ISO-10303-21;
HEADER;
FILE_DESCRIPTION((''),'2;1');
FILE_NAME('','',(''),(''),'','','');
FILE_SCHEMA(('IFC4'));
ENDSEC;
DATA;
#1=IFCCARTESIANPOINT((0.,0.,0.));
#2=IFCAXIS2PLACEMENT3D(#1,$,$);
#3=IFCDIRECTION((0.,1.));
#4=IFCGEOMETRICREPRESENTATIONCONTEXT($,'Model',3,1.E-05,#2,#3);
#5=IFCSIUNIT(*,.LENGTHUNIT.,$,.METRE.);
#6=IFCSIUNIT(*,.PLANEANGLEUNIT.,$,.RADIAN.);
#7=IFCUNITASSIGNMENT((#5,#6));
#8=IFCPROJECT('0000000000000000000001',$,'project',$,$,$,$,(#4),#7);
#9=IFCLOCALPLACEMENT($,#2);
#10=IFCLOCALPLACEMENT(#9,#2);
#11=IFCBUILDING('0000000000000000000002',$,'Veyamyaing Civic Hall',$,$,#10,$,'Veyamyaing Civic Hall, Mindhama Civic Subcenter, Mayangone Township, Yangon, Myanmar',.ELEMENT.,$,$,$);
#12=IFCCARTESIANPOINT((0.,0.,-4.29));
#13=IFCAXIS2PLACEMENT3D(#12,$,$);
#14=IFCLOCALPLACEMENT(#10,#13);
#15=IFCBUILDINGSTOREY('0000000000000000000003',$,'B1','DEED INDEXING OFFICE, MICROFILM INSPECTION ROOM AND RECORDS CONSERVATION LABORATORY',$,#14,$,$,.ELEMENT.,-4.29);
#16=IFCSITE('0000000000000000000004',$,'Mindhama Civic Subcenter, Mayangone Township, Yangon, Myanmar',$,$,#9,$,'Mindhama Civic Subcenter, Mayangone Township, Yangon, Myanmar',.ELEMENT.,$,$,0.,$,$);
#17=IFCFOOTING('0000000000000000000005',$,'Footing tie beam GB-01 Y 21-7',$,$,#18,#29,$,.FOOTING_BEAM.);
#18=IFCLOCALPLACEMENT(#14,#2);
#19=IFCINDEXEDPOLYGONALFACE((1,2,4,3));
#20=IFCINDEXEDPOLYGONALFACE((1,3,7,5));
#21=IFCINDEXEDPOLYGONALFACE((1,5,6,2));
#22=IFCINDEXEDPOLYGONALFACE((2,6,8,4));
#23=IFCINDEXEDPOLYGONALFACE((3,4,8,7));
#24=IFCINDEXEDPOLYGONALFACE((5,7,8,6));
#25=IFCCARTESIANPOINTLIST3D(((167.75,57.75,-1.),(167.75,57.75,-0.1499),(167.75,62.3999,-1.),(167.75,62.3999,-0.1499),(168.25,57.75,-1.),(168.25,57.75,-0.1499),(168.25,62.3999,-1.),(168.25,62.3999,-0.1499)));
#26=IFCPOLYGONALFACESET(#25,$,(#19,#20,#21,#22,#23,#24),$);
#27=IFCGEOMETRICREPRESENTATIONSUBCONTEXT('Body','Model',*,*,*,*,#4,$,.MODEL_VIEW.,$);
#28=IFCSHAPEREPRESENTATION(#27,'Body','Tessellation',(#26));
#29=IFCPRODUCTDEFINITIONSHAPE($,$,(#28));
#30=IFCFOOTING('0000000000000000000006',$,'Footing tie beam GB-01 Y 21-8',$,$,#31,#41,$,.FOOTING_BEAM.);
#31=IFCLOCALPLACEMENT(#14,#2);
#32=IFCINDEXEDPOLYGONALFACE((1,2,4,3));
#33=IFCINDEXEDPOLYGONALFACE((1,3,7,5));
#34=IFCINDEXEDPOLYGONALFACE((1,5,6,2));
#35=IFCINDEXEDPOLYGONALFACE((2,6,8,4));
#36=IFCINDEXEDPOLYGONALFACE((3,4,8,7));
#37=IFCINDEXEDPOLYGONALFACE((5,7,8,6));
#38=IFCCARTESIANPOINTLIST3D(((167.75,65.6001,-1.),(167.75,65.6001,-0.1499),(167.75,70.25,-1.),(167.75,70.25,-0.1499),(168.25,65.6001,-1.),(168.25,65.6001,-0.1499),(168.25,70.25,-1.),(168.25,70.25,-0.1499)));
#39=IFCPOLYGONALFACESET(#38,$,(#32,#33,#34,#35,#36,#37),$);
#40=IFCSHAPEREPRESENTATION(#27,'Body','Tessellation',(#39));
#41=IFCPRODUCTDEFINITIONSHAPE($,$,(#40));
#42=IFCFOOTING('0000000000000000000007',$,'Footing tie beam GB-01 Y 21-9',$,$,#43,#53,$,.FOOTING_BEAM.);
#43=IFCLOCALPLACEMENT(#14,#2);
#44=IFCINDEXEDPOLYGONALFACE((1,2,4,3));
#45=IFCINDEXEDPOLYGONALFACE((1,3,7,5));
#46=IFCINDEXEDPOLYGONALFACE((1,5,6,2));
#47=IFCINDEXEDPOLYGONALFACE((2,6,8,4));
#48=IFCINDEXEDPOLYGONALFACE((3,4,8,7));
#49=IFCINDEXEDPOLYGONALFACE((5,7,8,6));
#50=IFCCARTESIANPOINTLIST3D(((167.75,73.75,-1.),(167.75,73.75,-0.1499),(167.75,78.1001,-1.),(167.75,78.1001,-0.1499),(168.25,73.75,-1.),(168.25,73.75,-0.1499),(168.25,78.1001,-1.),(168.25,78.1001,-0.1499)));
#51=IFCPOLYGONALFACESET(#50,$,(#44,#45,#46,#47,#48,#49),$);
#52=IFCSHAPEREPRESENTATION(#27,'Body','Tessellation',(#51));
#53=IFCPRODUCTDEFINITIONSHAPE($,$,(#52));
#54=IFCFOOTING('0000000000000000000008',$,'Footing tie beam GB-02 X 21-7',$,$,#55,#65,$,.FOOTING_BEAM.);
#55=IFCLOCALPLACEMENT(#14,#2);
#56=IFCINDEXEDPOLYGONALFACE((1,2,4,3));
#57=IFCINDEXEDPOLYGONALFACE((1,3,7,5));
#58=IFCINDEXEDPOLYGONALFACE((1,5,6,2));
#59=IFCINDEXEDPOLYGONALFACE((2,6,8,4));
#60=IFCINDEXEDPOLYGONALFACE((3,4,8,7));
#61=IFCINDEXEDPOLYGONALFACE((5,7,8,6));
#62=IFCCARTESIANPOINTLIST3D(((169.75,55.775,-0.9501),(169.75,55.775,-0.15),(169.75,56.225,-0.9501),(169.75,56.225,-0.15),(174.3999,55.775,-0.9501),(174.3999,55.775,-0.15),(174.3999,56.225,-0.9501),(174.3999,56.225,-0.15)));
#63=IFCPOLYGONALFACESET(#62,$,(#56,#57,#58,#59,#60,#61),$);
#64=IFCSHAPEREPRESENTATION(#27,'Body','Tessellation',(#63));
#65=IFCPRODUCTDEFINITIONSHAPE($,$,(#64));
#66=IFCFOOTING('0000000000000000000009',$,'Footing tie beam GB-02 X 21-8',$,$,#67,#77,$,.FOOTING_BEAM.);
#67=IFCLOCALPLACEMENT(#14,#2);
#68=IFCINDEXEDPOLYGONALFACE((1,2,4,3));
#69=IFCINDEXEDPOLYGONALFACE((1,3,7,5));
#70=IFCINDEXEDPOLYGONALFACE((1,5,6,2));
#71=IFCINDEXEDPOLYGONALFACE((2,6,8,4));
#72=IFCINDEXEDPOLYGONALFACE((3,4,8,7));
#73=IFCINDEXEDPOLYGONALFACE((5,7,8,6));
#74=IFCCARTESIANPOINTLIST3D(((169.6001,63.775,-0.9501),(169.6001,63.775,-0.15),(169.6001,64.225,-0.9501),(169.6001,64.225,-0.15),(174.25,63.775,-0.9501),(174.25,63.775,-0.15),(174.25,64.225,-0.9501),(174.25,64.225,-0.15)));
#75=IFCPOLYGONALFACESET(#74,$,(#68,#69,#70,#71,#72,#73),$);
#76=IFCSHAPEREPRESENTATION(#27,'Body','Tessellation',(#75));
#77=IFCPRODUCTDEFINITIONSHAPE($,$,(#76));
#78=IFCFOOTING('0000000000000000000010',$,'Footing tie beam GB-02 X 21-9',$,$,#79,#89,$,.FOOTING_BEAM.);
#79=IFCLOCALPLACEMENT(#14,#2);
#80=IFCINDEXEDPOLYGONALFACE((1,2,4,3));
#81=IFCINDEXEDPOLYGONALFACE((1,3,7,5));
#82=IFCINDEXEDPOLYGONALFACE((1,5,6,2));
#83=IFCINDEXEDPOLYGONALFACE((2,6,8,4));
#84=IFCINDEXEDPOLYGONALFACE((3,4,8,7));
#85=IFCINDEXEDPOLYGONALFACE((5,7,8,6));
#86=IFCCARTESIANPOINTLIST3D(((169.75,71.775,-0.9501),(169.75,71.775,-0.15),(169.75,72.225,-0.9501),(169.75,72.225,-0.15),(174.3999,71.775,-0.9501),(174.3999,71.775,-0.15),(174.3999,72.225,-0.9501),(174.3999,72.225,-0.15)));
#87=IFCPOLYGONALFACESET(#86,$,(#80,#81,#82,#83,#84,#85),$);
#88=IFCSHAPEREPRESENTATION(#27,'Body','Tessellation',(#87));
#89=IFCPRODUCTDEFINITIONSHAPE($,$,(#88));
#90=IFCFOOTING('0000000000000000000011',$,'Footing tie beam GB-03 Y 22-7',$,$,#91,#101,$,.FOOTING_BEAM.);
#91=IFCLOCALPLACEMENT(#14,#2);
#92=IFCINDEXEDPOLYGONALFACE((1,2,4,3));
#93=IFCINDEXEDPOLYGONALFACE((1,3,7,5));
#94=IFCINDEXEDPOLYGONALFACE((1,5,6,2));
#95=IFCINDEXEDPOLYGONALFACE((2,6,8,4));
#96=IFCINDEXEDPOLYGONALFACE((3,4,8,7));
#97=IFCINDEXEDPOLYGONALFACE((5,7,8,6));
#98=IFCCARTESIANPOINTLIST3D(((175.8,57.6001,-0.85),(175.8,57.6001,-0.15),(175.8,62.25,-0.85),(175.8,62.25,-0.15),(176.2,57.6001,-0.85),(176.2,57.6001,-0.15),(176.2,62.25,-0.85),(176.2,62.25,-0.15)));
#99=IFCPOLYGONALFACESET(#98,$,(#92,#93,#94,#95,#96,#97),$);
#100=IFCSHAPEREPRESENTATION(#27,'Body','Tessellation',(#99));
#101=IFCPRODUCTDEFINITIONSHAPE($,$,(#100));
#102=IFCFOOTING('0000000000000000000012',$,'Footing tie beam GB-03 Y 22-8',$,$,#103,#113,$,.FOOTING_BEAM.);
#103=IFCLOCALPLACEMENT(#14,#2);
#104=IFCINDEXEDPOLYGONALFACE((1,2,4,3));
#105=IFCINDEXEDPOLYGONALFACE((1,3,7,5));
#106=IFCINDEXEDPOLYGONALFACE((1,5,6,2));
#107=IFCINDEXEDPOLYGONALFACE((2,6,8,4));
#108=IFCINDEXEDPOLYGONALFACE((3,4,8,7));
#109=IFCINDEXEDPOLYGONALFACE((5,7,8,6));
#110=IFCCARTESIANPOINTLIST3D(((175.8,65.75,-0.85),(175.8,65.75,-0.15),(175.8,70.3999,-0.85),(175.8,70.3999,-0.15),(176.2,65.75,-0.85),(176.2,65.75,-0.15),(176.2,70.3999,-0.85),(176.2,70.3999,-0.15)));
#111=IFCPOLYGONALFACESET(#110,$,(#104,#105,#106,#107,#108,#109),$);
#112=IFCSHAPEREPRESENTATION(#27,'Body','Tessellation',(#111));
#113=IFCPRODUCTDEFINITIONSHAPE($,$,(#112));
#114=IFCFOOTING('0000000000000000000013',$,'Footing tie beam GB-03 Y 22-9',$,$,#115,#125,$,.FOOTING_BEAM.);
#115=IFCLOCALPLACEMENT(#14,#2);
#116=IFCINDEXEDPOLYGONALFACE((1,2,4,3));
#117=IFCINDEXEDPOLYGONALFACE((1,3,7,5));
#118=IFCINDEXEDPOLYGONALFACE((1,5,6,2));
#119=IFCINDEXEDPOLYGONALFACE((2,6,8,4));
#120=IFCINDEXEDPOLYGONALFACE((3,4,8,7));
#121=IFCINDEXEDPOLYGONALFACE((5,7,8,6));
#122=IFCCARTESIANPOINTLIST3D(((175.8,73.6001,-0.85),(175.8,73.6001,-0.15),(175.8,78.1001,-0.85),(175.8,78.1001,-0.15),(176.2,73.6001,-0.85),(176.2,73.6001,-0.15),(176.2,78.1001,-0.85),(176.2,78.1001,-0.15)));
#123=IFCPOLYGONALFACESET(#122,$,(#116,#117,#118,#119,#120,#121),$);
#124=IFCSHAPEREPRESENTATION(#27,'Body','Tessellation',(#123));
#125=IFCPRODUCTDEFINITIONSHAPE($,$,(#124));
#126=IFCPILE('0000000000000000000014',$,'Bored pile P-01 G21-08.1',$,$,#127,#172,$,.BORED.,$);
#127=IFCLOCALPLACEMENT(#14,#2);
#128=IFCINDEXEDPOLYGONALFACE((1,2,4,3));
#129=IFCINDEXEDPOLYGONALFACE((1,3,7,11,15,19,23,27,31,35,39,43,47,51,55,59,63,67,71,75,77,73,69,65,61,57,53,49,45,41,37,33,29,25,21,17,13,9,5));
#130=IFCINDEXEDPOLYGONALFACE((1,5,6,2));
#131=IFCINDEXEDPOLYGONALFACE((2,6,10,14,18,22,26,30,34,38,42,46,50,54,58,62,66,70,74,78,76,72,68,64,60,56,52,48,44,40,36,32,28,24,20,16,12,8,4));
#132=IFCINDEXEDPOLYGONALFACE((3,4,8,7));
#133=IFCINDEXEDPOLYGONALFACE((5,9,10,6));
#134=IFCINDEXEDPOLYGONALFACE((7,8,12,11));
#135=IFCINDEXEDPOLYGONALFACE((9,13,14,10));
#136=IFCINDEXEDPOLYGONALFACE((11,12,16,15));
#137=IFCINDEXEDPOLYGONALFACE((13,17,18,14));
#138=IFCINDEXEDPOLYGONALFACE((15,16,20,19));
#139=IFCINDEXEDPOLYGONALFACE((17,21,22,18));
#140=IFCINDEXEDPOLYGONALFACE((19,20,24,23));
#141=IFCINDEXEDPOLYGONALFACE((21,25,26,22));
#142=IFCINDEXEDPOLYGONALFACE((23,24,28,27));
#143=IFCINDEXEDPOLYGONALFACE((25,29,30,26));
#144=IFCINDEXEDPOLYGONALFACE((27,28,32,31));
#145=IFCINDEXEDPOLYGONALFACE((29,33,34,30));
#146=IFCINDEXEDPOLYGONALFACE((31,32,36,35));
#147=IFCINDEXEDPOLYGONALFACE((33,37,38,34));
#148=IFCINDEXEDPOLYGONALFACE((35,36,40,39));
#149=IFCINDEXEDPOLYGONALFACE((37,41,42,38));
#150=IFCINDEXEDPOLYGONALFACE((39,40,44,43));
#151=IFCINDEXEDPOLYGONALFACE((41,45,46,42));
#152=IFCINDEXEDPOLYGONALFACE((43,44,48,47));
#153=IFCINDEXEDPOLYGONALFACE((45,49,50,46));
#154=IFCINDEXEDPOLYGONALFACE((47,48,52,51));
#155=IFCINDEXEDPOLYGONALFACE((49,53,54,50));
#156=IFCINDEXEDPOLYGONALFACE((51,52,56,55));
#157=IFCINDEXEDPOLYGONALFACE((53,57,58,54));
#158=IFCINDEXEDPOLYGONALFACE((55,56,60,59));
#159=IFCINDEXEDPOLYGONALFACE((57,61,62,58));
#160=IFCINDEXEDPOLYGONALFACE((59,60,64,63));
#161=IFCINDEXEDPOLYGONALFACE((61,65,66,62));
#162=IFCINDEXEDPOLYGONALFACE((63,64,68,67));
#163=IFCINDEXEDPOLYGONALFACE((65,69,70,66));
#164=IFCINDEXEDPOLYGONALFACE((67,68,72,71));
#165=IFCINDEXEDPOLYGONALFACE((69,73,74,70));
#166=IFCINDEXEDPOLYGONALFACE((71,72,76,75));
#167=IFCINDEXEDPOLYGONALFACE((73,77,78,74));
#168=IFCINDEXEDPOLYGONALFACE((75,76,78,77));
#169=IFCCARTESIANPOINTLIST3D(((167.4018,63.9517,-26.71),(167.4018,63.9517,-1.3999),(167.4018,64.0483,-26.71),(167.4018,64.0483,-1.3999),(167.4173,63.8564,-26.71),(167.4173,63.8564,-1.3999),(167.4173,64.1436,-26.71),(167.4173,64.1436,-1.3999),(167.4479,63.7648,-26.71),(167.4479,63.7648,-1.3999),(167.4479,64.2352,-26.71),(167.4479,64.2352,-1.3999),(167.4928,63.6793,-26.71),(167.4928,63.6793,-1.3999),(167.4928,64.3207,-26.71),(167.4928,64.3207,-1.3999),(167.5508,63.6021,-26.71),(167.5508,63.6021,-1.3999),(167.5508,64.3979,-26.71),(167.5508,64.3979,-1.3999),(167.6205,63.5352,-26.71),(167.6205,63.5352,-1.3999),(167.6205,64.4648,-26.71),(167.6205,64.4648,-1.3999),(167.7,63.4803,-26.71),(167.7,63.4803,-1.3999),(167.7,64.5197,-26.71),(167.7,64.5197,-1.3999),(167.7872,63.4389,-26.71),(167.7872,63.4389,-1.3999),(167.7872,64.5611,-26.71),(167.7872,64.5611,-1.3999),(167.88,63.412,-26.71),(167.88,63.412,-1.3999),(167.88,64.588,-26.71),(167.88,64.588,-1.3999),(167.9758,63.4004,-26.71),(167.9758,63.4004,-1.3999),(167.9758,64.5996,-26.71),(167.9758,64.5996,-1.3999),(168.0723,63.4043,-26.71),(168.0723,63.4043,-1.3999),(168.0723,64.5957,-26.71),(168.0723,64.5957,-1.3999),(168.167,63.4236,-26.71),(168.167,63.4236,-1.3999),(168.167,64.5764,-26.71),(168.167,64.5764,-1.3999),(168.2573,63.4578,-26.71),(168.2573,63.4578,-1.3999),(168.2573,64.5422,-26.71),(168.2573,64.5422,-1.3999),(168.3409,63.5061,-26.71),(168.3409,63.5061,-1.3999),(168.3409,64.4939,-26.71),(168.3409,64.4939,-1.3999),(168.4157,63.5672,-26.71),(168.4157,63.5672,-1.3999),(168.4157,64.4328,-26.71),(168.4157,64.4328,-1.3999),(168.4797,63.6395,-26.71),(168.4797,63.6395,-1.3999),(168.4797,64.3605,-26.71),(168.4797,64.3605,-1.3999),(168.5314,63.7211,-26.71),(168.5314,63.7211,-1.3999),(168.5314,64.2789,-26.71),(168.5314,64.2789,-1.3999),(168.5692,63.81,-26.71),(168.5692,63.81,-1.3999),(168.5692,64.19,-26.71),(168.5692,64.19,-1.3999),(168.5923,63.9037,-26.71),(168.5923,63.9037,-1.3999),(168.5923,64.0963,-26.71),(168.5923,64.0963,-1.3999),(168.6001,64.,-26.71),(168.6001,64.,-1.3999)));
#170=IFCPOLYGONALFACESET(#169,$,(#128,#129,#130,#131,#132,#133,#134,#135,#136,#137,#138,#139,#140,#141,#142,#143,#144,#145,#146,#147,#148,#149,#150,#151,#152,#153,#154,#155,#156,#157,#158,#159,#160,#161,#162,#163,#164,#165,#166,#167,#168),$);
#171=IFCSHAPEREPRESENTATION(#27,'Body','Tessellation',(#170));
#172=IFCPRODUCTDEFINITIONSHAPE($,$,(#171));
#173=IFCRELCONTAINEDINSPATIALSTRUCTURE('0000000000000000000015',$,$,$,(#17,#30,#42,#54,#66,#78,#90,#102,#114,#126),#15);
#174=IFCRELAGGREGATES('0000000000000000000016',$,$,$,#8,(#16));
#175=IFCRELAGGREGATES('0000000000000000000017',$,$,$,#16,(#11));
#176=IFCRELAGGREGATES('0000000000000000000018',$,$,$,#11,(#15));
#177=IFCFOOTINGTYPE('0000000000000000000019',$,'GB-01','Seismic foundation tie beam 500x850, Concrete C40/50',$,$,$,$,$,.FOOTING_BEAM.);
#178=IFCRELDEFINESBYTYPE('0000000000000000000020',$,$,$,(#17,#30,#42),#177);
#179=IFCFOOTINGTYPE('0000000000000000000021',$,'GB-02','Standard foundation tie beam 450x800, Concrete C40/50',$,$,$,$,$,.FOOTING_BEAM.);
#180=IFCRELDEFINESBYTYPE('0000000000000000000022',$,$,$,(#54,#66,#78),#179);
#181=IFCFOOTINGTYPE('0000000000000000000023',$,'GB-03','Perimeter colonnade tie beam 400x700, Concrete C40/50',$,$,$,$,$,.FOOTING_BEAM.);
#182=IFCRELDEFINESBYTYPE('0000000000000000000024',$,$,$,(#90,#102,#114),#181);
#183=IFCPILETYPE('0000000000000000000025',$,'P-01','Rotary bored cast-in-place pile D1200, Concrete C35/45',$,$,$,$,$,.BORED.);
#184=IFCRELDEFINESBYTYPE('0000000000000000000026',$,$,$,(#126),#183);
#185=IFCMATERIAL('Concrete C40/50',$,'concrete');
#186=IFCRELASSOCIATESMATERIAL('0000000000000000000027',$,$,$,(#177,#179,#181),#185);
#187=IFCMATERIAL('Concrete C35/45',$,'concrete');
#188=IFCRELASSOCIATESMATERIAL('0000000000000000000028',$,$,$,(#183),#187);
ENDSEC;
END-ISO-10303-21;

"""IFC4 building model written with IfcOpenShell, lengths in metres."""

from ifc_helpers import new_model, si_unit, direction, frame, origin, origin_2d, place, context, subcontext, project, spatial, rectangle, circle, extrude, material, material_profile, profile_set, type_object, element, save


model = new_model("IFC4")

# Units and contexts
model_context = context("Model", 3, precision=1e-05, world=origin(), true_north=direction((0.0, 1.0)))
body_context = subcontext(model_context, "Body", "Model", "MODEL_VIEW")
ifc_project = project(units=[si_unit("LENGTHUNIT", "METRE"), si_unit("PLANEANGLEUNIT", "RADIAN")], contexts=[model_context])

# Site, building, storey
site_placement = place(None, origin())
site = spatial("IfcSite", under=ifc_project, at=site_placement, Name="Mindhama Civic Subcenter, Mayangone Township, Yangon, Myanmar", LongName="Mindhama Civic Subcenter, Mayangone Township, Yangon, Myanmar", CompositionType="ELEMENT", RefElevation=0.0)
building_placement = place(site_placement, origin())
building = spatial("IfcBuilding", under=site, at=building_placement, Name="Veyamyaing Civic Hall", LongName="Veyamyaing Civic Hall, Mindhama Civic Subcenter, Mayangone Township, Yangon, Myanmar", CompositionType="ELEMENT")
storey_placement = place(building_placement, frame((0.0, 0.0, -4.29)))
storey = spatial("IfcBuildingStorey", under=building, at=storey_placement, Name="B1", Description="DEED INDEXING OFFICE, MICROFILM INSPECTION ROOM AND RECORDS CONSERVATION LABORATORY", CompositionType="ELEMENT", Elevation=-4.29)

# Footings
ifc_material_1 = material(Name="Concrete C40/50", Category="concrete")
ifc_material_profile_1 = material_profile(ifc_material_1, rectangle(XDim=0.5, YDim=0.8501, at=origin_2d()), Name="GB-500X850")
ifc_profile_set_1 = profile_set([ifc_material_profile_1], Name="Concrete C40/50")
footing_type_1 = type_object("IfcFootingType", Name="GB-01", Description="Seismic foundation tie beam 500x850, Concrete C40/50", PredefinedType="FOOTING_BEAM", material=ifc_profile_set_1)
for number, where, z_axis, x_axis, name in (
    (1, (168.0, 57.75, -0.575), (0.0, 1.0, 0.0), (-1.0, 0.0, 0.0), "Footing tie beam GB-01 Y 21-7"),
    (2, (168.0, 65.6001, -0.575), (0.0, 1.0, 0.0), (-1.0, 0.0, 0.0), "Footing tie beam GB-01 Y 21-8"),
):
    element("IfcFooting", number, at=place(storey_placement, frame(where, z_axis=z_axis, x_axis=x_axis)), inside=storey, type_object=footing_type_1, Name=name, PredefinedType="FOOTING_BEAM", context=body_context, shape_type="SweptSolid", body=[
        extrude(rectangle(XDim=0.5, YDim=0.8501, at=origin_2d()), origin(), (0.0, 0.0, 1.0), 4.6499),
    ])
footing_1_placement = place(storey_placement, frame((168.0, 73.75, -0.575), z_axis=(0.0, 1.0, 0.0), x_axis=(-1.0, 0.0, 0.0)))
element("IfcFooting", 3, at=footing_1_placement, inside=storey, type_object=footing_type_1, Name="Footing tie beam GB-01 Y 21-9", PredefinedType="FOOTING_BEAM", context=body_context, shape_type="SweptSolid", body=[
    extrude(rectangle(XDim=0.5, YDim=0.8501, at=origin_2d()), origin(), (0.0, 0.0, 1.0), 4.3501),
])
ifc_material_profile_2 = material_profile(ifc_material_1, rectangle(XDim=0.45, YDim=0.8, at=origin_2d()), Name="GB-450X800")
ifc_profile_set_2 = profile_set([ifc_material_profile_2], Name="Concrete C40/50")
footing_type_2 = type_object("IfcFootingType", Name="GB-02", Description="Standard foundation tie beam 450x800, Concrete C40/50", PredefinedType="FOOTING_BEAM", material=ifc_profile_set_2)
for number, where, z_axis, x_axis, name in (
    (4, (169.75, 56.0, -0.55), (1.0, 0.0, 0.0), (0.0, 1.0, 0.0), "Footing tie beam GB-02 X 21-7"),
    (5, (169.6001, 64.0, -0.55), (1.0, 0.0, 0.0), (0.0, 1.0, 0.0), "Footing tie beam GB-02 X 21-8"),
    (6, (169.75, 72.0, -0.55), (1.0, 0.0, 0.0), (0.0, 1.0, 0.0), "Footing tie beam GB-02 X 21-9"),
):
    element("IfcFooting", number, at=place(storey_placement, frame(where, z_axis=z_axis, x_axis=x_axis)), inside=storey, type_object=footing_type_2, Name=name, PredefinedType="FOOTING_BEAM", context=body_context, shape_type="SweptSolid", body=[
        extrude(rectangle(XDim=0.45, YDim=0.8, at=origin_2d()), origin(), (0.0, 0.0, 1.0), 4.6499),
    ])
ifc_material_profile_3 = material_profile(ifc_material_1, rectangle(XDim=0.3999, YDim=0.7, at=origin_2d()), Name="GB-400X700")
ifc_profile_set_3 = profile_set([ifc_material_profile_3], Name="Concrete C40/50")
footing_type_3 = type_object("IfcFootingType", Name="GB-03", Description="Perimeter colonnade tie beam 400x700, Concrete C40/50", PredefinedType="FOOTING_BEAM", material=ifc_profile_set_3)
for number, where, z_axis, x_axis, name in (
    (7, (176.0, 57.6001, -0.5), (0.0, 1.0, 0.0), (-1.0, 0.0, 0.0), "Footing tie beam GB-03 Y 22-7"),
    (8, (176.0, 65.75, -0.5), (0.0, 1.0, 0.0), (-1.0, 0.0, 0.0), "Footing tie beam GB-03 Y 22-8"),
):
    element("IfcFooting", number, at=place(storey_placement, frame(where, z_axis=z_axis, x_axis=x_axis)), inside=storey, type_object=footing_type_3, Name=name, PredefinedType="FOOTING_BEAM", context=body_context, shape_type="SweptSolid", body=[
        extrude(rectangle(XDim=0.3999, YDim=0.7, at=origin_2d()), origin(), (0.0, 0.0, 1.0), 4.6499),
    ])
footing_2_placement = place(storey_placement, frame((176.0, 73.6001, -0.5), z_axis=(0.0, 1.0, 0.0), x_axis=(-1.0, 0.0, 0.0)))
element("IfcFooting", 9, at=footing_2_placement, inside=storey, type_object=footing_type_3, Name="Footing tie beam GB-03 Y 22-9", PredefinedType="FOOTING_BEAM", context=body_context, shape_type="SweptSolid", body=[
    extrude(rectangle(XDim=0.3999, YDim=0.7, at=origin_2d()), origin(), (0.0, 0.0, 1.0), 4.5),
])

# Pile
ifc_material_2 = material(Name="Concrete C35/45", Category="concrete")
ifc_material_profile_4 = material_profile(ifc_material_2, circle(Radius=0.6001, at=origin_2d()), Name="PILE-D1200")
ifc_profile_set_4 = profile_set([ifc_material_profile_4], Name="Concrete C35/45")
pile_type_1 = type_object("IfcPileType", Name="P-01", Description="Rotary bored cast-in-place pile D1200, Concrete C35/45", PredefinedType="BORED", material=ifc_profile_set_4)
for number, where, z_axis, x_axis, name in (
    (10, (168.0, 64.0, -1.3999), (0.0, 0.0, -1.0), (1.0, 0.0, 0.0), "Bored pile P-01 G21-08.1"),
):
    element("IfcPile", number, at=place(storey_placement, frame(where, z_axis=z_axis, x_axis=x_axis)), inside=storey, type_object=pile_type_1, Name=name, PredefinedType="BORED", context=body_context, shape_type="SweptSolid", body=[
        extrude(circle(Radius=0.6001, at=origin_2d()), origin(), (0.0, 0.0, 1.0), 25.3101),
    ])

save(model, "model.ifc")
